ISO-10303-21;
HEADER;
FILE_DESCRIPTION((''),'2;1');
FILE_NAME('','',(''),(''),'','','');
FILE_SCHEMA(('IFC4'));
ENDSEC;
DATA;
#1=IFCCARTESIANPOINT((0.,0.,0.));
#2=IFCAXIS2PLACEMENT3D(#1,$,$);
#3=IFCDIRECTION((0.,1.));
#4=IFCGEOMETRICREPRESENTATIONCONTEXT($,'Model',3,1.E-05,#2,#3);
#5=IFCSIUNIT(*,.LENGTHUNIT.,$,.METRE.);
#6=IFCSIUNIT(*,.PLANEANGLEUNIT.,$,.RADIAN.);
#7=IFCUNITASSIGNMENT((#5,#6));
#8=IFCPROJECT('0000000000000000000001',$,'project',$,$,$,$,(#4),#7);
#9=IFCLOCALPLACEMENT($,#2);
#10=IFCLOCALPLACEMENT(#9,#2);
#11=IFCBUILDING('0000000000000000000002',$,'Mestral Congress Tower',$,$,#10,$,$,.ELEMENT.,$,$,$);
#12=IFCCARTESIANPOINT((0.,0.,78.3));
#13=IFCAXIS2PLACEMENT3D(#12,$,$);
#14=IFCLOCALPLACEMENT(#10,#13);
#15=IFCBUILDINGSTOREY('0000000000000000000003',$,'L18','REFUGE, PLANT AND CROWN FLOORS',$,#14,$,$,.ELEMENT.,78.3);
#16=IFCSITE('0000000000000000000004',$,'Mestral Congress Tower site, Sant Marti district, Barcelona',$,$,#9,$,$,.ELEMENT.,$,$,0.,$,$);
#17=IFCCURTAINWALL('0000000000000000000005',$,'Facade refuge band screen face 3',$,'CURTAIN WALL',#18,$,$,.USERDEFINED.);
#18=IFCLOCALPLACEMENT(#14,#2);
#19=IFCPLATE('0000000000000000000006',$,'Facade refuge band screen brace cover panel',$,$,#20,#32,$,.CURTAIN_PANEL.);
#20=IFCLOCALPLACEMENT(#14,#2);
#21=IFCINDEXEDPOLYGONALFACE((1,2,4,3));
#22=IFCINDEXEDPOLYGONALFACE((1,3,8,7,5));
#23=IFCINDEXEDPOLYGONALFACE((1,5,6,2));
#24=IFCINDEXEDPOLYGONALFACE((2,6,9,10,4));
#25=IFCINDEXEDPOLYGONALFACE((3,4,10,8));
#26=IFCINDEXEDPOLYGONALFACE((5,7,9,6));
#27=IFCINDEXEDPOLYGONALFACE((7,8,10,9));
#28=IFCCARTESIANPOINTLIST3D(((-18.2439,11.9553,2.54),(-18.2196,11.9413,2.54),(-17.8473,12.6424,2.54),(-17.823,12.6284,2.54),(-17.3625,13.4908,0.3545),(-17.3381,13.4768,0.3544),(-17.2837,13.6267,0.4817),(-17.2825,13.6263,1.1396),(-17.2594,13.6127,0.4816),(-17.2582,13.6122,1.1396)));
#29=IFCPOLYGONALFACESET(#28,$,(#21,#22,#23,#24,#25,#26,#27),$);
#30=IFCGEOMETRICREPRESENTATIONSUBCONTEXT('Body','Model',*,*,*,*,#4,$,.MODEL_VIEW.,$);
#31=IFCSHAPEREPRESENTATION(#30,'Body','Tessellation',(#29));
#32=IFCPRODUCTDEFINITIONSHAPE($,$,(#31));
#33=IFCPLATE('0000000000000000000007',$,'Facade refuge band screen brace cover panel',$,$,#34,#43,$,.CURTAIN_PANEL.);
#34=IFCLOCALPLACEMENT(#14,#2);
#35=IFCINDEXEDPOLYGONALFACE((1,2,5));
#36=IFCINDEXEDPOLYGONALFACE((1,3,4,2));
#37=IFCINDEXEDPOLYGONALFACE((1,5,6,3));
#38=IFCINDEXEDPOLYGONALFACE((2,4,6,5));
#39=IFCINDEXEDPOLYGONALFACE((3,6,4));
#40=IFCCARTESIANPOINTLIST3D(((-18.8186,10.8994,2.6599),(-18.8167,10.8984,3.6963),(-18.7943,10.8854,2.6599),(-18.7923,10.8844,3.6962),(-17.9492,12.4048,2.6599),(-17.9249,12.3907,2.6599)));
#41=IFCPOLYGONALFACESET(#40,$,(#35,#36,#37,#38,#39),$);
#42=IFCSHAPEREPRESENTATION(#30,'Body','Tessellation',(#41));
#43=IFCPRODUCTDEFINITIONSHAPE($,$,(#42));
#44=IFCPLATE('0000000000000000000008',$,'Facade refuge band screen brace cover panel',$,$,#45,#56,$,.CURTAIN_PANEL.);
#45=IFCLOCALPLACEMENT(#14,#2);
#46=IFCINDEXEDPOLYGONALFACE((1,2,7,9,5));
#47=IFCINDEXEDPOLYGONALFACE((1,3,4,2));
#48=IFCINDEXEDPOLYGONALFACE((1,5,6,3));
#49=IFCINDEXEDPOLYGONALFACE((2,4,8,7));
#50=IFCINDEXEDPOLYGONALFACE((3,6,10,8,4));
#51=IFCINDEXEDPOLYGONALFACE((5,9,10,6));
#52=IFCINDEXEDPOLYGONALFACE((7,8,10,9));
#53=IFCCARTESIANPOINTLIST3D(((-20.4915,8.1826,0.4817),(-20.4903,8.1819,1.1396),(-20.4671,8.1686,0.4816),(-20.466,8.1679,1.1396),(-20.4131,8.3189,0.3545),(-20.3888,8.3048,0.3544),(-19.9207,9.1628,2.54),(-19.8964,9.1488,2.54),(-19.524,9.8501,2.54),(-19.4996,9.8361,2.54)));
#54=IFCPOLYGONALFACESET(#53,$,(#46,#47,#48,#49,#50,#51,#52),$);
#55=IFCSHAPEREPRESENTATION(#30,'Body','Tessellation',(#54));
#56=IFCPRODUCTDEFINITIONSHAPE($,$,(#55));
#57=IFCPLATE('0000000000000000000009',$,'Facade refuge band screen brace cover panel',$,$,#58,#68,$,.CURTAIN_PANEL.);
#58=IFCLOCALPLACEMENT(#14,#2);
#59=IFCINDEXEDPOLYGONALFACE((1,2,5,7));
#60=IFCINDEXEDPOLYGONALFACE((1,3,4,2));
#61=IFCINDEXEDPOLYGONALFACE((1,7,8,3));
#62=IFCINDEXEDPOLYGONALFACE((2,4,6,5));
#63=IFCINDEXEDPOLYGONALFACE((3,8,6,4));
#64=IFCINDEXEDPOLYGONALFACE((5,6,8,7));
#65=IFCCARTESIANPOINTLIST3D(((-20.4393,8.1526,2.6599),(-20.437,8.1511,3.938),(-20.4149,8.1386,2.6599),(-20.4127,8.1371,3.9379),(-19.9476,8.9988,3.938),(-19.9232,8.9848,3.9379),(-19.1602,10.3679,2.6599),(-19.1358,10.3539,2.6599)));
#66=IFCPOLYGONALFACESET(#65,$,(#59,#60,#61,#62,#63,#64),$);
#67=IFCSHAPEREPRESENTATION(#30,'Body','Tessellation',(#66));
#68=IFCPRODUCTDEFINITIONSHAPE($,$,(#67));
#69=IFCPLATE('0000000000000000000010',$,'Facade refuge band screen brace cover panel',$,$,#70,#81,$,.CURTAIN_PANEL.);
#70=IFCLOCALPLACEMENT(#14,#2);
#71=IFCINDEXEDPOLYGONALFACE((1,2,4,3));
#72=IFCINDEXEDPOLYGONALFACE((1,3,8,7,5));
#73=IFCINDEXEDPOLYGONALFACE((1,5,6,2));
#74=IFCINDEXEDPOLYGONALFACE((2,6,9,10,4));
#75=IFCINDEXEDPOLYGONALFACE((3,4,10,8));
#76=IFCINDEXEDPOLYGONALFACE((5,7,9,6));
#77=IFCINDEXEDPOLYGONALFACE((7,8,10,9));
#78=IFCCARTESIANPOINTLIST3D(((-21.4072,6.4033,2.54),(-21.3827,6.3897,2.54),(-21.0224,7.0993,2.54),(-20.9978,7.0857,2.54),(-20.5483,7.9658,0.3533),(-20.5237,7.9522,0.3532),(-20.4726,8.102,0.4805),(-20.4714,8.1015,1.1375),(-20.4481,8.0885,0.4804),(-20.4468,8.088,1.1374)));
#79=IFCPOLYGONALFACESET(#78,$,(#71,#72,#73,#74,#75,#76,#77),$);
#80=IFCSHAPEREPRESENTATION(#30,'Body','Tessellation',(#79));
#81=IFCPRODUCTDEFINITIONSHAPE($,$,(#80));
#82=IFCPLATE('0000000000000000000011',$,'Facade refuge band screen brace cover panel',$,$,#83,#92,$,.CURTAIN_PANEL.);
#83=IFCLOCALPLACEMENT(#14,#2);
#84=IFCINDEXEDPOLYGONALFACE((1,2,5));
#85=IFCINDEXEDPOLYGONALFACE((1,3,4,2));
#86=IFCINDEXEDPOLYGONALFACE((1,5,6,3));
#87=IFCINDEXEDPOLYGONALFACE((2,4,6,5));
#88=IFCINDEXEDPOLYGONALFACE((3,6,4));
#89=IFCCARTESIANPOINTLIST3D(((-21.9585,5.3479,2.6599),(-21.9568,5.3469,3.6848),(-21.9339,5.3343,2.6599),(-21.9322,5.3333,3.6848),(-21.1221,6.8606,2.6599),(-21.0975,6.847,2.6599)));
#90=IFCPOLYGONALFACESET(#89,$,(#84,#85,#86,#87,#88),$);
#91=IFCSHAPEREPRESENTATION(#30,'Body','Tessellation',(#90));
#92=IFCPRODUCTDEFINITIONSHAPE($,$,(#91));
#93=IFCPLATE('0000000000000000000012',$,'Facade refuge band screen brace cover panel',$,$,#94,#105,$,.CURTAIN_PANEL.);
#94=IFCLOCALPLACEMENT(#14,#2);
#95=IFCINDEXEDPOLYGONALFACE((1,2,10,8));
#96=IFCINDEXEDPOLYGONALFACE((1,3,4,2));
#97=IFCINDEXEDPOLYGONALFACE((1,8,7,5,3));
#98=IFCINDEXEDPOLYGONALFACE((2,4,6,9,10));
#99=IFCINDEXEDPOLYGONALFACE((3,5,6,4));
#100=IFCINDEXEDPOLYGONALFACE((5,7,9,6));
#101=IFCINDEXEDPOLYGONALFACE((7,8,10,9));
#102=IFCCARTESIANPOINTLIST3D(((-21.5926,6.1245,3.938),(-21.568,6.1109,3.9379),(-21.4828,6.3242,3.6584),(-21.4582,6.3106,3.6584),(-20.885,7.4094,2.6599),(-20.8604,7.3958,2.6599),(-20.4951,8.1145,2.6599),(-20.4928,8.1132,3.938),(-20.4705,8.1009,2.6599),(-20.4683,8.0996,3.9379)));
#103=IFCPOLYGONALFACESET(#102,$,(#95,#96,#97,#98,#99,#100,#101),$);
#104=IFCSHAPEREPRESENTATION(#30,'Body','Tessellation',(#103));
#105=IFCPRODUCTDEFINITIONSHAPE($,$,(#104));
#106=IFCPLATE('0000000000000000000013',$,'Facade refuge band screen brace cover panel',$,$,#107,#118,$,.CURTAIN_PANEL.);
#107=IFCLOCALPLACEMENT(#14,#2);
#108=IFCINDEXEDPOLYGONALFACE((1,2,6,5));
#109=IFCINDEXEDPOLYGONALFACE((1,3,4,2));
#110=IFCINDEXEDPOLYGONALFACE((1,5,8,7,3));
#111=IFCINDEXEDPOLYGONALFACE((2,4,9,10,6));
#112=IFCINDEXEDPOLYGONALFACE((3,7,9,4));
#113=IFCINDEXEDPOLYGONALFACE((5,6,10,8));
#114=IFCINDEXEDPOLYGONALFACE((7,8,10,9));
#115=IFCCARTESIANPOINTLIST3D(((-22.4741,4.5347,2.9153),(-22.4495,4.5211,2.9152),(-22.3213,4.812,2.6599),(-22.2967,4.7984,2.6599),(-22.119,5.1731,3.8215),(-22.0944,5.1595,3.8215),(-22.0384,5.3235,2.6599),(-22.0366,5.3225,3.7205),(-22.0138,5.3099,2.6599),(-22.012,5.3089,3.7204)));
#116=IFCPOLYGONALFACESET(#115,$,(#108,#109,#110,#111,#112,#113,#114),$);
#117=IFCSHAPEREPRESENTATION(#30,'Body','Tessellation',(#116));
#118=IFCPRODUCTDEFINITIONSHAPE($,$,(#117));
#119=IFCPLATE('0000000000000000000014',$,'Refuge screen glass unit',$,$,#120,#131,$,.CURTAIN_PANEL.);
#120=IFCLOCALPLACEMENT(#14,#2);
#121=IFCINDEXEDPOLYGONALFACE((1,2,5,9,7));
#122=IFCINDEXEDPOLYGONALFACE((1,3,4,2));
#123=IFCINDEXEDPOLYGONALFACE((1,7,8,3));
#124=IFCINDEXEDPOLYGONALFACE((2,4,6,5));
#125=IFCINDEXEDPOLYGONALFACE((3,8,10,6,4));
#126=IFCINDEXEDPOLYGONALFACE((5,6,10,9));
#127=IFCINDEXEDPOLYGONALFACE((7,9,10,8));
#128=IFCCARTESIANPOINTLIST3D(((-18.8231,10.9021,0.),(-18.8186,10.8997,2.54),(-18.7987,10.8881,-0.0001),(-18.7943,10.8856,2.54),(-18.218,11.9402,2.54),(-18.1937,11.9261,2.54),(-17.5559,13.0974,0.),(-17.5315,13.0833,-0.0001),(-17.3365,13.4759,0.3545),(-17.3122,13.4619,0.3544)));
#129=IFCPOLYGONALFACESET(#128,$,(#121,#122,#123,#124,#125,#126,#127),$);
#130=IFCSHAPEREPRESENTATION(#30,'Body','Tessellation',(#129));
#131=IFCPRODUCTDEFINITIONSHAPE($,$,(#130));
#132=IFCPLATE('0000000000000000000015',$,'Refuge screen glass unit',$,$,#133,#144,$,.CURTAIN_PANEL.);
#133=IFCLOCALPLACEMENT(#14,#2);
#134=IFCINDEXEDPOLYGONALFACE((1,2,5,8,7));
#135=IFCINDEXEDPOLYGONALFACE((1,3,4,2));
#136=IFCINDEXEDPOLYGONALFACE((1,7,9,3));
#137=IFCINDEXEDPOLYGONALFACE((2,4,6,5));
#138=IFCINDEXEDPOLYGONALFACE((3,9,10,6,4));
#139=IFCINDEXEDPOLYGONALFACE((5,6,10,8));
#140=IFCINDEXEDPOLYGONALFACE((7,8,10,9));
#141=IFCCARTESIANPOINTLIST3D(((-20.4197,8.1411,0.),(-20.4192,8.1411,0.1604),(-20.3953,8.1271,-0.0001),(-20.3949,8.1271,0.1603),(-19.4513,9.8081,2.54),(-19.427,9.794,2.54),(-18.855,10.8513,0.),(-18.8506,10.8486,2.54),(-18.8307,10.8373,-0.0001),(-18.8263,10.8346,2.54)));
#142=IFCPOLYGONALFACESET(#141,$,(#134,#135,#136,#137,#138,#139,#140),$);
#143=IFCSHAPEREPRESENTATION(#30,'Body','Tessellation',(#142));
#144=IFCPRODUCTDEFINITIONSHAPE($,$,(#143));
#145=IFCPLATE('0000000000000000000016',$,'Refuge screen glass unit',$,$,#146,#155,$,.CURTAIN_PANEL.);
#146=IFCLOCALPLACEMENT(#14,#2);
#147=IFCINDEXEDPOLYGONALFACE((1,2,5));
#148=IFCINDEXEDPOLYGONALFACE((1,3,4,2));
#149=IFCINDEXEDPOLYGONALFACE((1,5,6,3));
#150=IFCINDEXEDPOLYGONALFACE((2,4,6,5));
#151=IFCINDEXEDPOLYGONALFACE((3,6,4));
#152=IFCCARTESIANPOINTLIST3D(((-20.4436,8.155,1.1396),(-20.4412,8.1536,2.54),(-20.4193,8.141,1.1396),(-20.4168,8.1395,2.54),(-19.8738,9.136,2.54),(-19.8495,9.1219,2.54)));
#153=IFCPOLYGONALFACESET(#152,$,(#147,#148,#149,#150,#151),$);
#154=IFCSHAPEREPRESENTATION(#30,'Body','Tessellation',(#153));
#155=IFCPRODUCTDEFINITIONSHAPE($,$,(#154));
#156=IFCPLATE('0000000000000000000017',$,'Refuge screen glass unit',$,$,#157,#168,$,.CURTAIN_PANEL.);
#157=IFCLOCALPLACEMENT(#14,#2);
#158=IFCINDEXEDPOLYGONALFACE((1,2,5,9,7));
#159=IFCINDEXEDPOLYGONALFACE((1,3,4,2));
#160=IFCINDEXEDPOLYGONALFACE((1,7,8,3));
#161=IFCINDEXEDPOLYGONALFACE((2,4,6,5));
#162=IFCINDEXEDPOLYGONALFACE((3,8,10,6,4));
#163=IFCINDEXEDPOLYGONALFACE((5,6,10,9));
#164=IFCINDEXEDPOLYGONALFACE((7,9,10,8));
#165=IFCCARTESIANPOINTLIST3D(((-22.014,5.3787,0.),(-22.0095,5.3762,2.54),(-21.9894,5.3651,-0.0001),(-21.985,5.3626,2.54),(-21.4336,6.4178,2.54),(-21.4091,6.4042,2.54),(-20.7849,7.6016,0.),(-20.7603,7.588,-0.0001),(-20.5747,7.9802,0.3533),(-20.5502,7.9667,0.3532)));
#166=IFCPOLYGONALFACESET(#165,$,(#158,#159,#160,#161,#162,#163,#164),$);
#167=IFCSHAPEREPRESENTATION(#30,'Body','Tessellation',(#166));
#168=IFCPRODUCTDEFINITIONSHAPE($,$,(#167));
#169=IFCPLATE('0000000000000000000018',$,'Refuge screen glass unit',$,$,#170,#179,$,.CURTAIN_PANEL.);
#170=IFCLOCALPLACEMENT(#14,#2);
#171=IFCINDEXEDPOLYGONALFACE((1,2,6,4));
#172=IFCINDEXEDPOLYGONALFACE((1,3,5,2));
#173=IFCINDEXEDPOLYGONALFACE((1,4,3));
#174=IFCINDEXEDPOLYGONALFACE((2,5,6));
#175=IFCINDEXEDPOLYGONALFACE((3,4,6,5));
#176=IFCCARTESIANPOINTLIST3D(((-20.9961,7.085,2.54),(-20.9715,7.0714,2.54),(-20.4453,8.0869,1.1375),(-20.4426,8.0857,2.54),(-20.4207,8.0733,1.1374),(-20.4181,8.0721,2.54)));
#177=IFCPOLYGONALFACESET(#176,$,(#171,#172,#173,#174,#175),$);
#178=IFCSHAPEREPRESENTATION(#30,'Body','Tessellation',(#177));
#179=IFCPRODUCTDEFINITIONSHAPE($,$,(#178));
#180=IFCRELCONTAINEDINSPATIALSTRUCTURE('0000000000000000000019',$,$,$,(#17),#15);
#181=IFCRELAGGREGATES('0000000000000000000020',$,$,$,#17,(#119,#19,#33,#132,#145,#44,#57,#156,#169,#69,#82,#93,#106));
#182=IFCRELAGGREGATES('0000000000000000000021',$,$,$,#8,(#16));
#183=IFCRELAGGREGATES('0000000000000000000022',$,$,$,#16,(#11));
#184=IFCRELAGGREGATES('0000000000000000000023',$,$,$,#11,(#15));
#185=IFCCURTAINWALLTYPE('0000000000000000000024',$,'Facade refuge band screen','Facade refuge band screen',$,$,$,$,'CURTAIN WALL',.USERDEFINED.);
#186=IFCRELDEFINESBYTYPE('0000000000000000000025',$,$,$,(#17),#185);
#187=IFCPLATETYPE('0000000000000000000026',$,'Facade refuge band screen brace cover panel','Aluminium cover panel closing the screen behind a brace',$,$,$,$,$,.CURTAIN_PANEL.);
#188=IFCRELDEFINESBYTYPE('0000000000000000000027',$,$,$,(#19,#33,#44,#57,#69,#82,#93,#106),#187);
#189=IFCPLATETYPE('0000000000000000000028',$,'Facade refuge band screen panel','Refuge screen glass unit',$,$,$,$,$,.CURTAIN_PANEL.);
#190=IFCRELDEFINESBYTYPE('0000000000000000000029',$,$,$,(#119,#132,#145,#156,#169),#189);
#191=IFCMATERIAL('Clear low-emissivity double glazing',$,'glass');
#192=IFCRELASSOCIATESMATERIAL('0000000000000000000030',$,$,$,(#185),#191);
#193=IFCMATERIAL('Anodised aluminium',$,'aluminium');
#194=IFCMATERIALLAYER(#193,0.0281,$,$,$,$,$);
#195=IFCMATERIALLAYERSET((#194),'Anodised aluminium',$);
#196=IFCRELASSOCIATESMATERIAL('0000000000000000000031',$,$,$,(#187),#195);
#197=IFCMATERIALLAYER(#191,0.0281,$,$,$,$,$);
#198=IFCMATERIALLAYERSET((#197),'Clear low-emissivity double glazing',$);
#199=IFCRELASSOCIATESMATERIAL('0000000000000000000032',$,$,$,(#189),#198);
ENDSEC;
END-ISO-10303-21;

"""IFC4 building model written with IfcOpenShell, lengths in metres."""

from ifc_helpers import new_model, si_unit, direction, frame, origin, place, context, subcontext, project, spatial, polyline, outline, extrude, material, layer, layer_set, type_object, element, aggregate, save


model = new_model("IFC4")

# Units and contexts
model_context = context("Model", 3, precision=1e-05, world=origin(), true_north=direction((0.0, 1.0)))
body_context = subcontext(model_context, "Body", "Model", "MODEL_VIEW")
ifc_project = project(units=[si_unit("LENGTHUNIT", "METRE"), si_unit("PLANEANGLEUNIT", "RADIAN")], contexts=[model_context])

# Site, building, storey
site_placement = place(None, origin())
site = spatial("IfcSite", under=ifc_project, at=site_placement, Name="Mestral Congress Tower site, Sant Marti district, Barcelona", CompositionType="ELEMENT", RefElevation=0.0)
building_placement = place(site_placement, origin())
building = spatial("IfcBuilding", under=site, at=building_placement, Name="Mestral Congress Tower", CompositionType="ELEMENT")
storey_placement = place(building_placement, frame((0.0, 0.0, 78.3)))
storey = spatial("IfcBuildingStorey", under=building, at=storey_placement, Name="L18", Description="REFUGE, PLANT AND CROWN FLOORS", CompositionType="ELEMENT", Elevation=78.3)

# Curtain wall
ifc_material_1 = material(Name="Clear low-emissivity double glazing", Category="glass")
curtain_wall_type = type_object("IfcCurtainWallType", Name="Facade refuge band screen", Description="Facade refuge band screen", ElementType="CURTAIN WALL", PredefinedType="USERDEFINED", material=ifc_material_1)
curtain_wall_placement = place(storey_placement, origin())
curtain_wall = element("IfcCurtainWall", 1, at=curtain_wall_placement, inside=storey, type_object=curtain_wall_type, Name="Facade refuge band screen face 3", ObjectType="CURTAIN WALL", PredefinedType="USERDEFINED")
ifc_material_2 = material(Name="Anodised aluminium", Category="aluminium")

# Plates
ifc_layer_1 = layer(ifc_material_2, 0.0281)
ifc_layer_set_1 = layer_set([ifc_layer_1], Name="Anodised aluminium")
plate_type_1 = type_object("IfcPlateType", Name="Facade refuge band screen brace cover panel", Description="Aluminium cover panel closing the screen behind a brace", PredefinedType="CURTAIN_PANEL", material=ifc_layer_set_1)
plate_1_placement = place(storey_placement, frame((-18.2439, 11.9553, 2.54), z_axis=(-0.866072, 0.499915, 0.001937), x_axis=(0.313376, 0.545914, -0.777028)))
plate_1 = element("IfcPlate", 2, at=plate_1_placement, type_object=plate_type_1, Name="Facade refuge band screen brace cover panel", PredefinedType="CURTAIN_PANEL", context=body_context, shape_type="SweptSolid", body=[
    extrude(outline(polyline([(0.0, 0.0), (2.8127, 0.0), (2.8127, -0.2021), (2.3016, -0.6164), (0.4994, -0.6164), (0.0, 0.0)])), origin(), (0.0, 0.0, -1.0), 0.0281),
])
plate_2_placement = place(storey_placement, frame((-18.8186, 10.8994, 2.6599), z_axis=(-0.865959, 0.50011, 0.002103), x_axis=(0.500111, 0.865961, 0.0)))
plate_2 = element("IfcPlate", 3, at=plate_2_placement, type_object=plate_type_1, Name="Facade refuge band screen brace cover panel", PredefinedType="CURTAIN_PANEL", context=body_context, shape_type="SweptSolid", body=[
    extrude(outline(polyline([(0.0, 0.0), (1.7384, 0.0), (0.0001, -1.0364), (0.0, 0.0)])), origin(), (0.0, 0.0, -1.0), 0.0281),
])
plate_3_placement = place(storey_placement, frame((-20.4915, 8.1826, 0.4817), z_axis=(-0.866064, 0.499929, 0.002084), x_axis=(0.387469, 0.673864, -0.629107)))
plate_3 = element("IfcPlate", 4, at=plate_3_placement, type_object=plate_type_1, Name="Facade refuge band screen brace cover panel", PredefinedType="CURTAIN_PANEL", context=body_context, shape_type="SweptSolid", body=[
    extrude(outline(polyline([(0.0, 0.0), (0.2022, 0.0), (0.2036, -2.8128), (-0.4132, -2.3136), (-0.4139, -0.5114), (0.0, 0.0)])), origin(), (0.0, 0.0, -1.0), 0.0281),
])
plate_4_placement = place(storey_placement, frame((-20.437, 8.1511, 3.938), z_axis=(-0.866007, 0.500028, 0.002109), x_axis=(-0.00176, 0.00117, -0.999998)))
plate_4 = element("IfcPlate", 5, at=plate_4_placement, type_object=plate_type_1, Name="Facade refuge band screen brace cover panel", PredefinedType="CURTAIN_PANEL", context=body_context, shape_type="SweptSolid", body=[
    extrude(outline(polyline([(0.0, 0.0), (1.2781, 0.0), (1.2784, -2.5581), (0.0001, -0.9788), (0.0, 0.0)])), origin(), (0.0, 0.0, -1.0), 0.0281),
])
plate_5_placement = place(storey_placement, frame((-21.4072, 6.4033, 2.54), z_axis=(-0.875133, 0.483879, 0.001979), x_axis=(0.304434, 0.553761, -0.775028)))
plate_5 = element("IfcPlate", 6, at=plate_5_placement, type_object=plate_type_1, Name="Facade refuge band screen brace cover panel", PredefinedType="CURTAIN_PANEL", context=body_context, shape_type="SweptSolid", body=[
    extrude(outline(polyline([(0.0, 0.0), (2.8215, 0.0), (2.8214, -0.2012), (2.3124, -0.6165), (0.5026, -0.6164), (0.0, 0.0)])), origin(), (0.0, 0.0, -1.0), 0.0281),
])
plate_6_placement = place(storey_placement, frame((-21.9585, 5.3479, 2.6599), z_axis=(-0.875127, 0.48389, 0.00192), x_axis=(0.483891, 0.875128, 0.0)))
plate_6 = element("IfcPlate", 7, at=plate_6_placement, type_object=plate_type_1, Name="Facade refuge band screen brace cover panel", PredefinedType="CURTAIN_PANEL", context=body_context, shape_type="SweptSolid", body=[
    extrude(outline(polyline([(0.0, 0.0), (1.7285, 0.0), (0.0, -1.0249), (0.0, 0.0)])), origin(), (0.0, 0.0, -1.0), 0.0281),
])
plate_7_placement = place(storey_placement, frame((-20.4951, 8.1145, 2.6599), z_axis=(-0.875109, 0.483922, 0.002043), x_axis=(0.001786, -0.000992, 0.999998)))
plate_7 = element("IfcPlate", 8, at=plate_7_placement, type_object=plate_type_1, Name="Facade refuge band screen brace cover panel", PredefinedType="CURTAIN_PANEL", context=body_context, shape_type="SweptSolid", body=[
    extrude(outline(polyline([(0.0, 0.0), (1.2781, 0.0), (1.2781, -2.2725), (0.9985, -2.0447), (0.0, -0.8057), (0.0, 0.0)])), origin(), (0.0, 0.0, -1.0), 0.0281),
])
plate_8_placement = place(storey_placement, frame((-22.3213, 4.812, 2.6599), z_axis=(-0.875086, 0.483963, 0.001972), x_axis=(0.483964, 0.875088, 0.0)))
plate_8 = element("IfcPlate", 9, at=plate_8_placement, type_object=plate_type_1, Name="Facade refuge band screen brace cover panel", PredefinedType="CURTAIN_PANEL", context=body_context, shape_type="SweptSolid", body=[
    extrude(outline(polyline([(0.0, 0.0), (0.5845, 0.0), (0.5845, -1.0605), (0.4139, -1.1616), (-0.3167, -0.2554), (0.0, 0.0)])), origin(), (0.0, 0.0, -1.0), 0.0281),
])
ifc_layer_2 = layer(ifc_material_1, 0.0281)
ifc_layer_set_2 = layer_set([ifc_layer_2], Name="Clear low-emissivity double glazing")
plate_type_2 = type_object("IfcPlateType", Name="Facade refuge band screen panel", Description="Refuge screen glass unit", PredefinedType="CURTAIN_PANEL", material=ifc_layer_set_2)
plate_9_placement = place(storey_placement, frame((-18.8186, 10.8997, 2.54), z_axis=(-0.866061, 0.499935, 0.002009), x_axis=(-0.001756, 0.000976, -0.999998)))
plate_9 = element("IfcPlate", 10, at=plate_9_placement, type_object=plate_type_2, Name="Refuge screen glass unit", PredefinedType="CURTAIN_PANEL", context=body_context, shape_type="SweptSolid", body=[
    extrude(outline(polyline([(0.0, 0.0), (2.54, 0.0), (2.54, -2.5347), (2.1855, -2.9722), (0.0, -1.2014), (0.0, 0.0)])), origin(), (0.0, 0.0, -1.0), 0.0281),
])
plate_10_placement = place(storey_placement, frame((-18.8506, 10.8486, 2.54), z_axis=(-0.866031, 0.499986, 0.00202), x_axis=(-0.499987, -0.866033, 0.0)))
plate_10 = element("IfcPlate", 11, at=plate_10_placement, type_object=plate_type_2, Name="Refuge screen glass unit", PredefinedType="CURTAIN_PANEL", context=body_context, shape_type="SweptSolid", body=[
    extrude(outline(polyline([(0.0, 0.0), (1.2015, 0.0), (3.1291, -2.3796), (3.1293, -2.54), (-0.0001, -2.54), (0.0, 0.0)])), origin(), (0.0, 0.0, -1.0), 0.0281),
])
plate_11_placement = place(storey_placement, frame((-20.4412, 8.1536, 2.54), z_axis=(-0.865954, 0.500119, 0.002033), x_axis=(-0.001743, 0.001046, -0.999998)))
plate_11 = element("IfcPlate", 12, at=plate_11_placement, type_object=plate_type_2, Name="Refuge screen glass unit", PredefinedType="CURTAIN_PANEL", context=body_context, shape_type="SweptSolid", body=[
    extrude(outline(polyline([(0.0, 0.0), (1.4004, 0.0), (0.0, -1.1345), (0.0, 0.0)])), origin(), (0.0, 0.0, -1.0), 0.0281),
])
plate_12_placement = place(storey_placement, frame((-22.0095, 5.3762, 2.54), z_axis=(-0.875133, 0.483877, 0.002008), x_axis=(-0.001755, 0.000975, -0.999998)))
plate_12 = element("IfcPlate", 13, at=plate_12_placement, type_object=plate_type_2, Name="Refuge screen glass unit", PredefinedType="CURTAIN_PANEL", context=body_context, shape_type="SweptSolid", body=[
    extrude(outline(polyline([(0.0, 0.0), (2.54, 0.0), (2.5401, -2.54), (2.1868, -2.9731), (0.0, -1.1901), (0.0, 0.0)])), origin(), (0.0, 0.0, -1.0), 0.0281),
])
plate_13_placement = place(storey_placement, frame((-20.4426, 8.0857, 2.54), z_axis=(-0.87508, 0.483973, 0.002097), x_axis=(-0.483974, -0.875082, 0.0)))
plate_13 = element("IfcPlate", 14, at=plate_13_placement, type_object=plate_type_2, Name="Refuge screen glass unit", PredefinedType="CURTAIN_PANEL", context=body_context, shape_type="SweptSolid", body=[
    extrude(outline(polyline([(0.0, 0.0), (1.1436, 0.0), (0.0002, -1.4026), (0.0, 0.0)])), origin(), (0.0, 0.0, -1.0), 0.0281),
])
aggregate(curtain_wall, [plate_9, plate_1, plate_2, plate_10, plate_11, plate_3, plate_4, plate_12, plate_13, plate_5, plate_6, plate_7, plate_8])

save(model, "model.ifc")
